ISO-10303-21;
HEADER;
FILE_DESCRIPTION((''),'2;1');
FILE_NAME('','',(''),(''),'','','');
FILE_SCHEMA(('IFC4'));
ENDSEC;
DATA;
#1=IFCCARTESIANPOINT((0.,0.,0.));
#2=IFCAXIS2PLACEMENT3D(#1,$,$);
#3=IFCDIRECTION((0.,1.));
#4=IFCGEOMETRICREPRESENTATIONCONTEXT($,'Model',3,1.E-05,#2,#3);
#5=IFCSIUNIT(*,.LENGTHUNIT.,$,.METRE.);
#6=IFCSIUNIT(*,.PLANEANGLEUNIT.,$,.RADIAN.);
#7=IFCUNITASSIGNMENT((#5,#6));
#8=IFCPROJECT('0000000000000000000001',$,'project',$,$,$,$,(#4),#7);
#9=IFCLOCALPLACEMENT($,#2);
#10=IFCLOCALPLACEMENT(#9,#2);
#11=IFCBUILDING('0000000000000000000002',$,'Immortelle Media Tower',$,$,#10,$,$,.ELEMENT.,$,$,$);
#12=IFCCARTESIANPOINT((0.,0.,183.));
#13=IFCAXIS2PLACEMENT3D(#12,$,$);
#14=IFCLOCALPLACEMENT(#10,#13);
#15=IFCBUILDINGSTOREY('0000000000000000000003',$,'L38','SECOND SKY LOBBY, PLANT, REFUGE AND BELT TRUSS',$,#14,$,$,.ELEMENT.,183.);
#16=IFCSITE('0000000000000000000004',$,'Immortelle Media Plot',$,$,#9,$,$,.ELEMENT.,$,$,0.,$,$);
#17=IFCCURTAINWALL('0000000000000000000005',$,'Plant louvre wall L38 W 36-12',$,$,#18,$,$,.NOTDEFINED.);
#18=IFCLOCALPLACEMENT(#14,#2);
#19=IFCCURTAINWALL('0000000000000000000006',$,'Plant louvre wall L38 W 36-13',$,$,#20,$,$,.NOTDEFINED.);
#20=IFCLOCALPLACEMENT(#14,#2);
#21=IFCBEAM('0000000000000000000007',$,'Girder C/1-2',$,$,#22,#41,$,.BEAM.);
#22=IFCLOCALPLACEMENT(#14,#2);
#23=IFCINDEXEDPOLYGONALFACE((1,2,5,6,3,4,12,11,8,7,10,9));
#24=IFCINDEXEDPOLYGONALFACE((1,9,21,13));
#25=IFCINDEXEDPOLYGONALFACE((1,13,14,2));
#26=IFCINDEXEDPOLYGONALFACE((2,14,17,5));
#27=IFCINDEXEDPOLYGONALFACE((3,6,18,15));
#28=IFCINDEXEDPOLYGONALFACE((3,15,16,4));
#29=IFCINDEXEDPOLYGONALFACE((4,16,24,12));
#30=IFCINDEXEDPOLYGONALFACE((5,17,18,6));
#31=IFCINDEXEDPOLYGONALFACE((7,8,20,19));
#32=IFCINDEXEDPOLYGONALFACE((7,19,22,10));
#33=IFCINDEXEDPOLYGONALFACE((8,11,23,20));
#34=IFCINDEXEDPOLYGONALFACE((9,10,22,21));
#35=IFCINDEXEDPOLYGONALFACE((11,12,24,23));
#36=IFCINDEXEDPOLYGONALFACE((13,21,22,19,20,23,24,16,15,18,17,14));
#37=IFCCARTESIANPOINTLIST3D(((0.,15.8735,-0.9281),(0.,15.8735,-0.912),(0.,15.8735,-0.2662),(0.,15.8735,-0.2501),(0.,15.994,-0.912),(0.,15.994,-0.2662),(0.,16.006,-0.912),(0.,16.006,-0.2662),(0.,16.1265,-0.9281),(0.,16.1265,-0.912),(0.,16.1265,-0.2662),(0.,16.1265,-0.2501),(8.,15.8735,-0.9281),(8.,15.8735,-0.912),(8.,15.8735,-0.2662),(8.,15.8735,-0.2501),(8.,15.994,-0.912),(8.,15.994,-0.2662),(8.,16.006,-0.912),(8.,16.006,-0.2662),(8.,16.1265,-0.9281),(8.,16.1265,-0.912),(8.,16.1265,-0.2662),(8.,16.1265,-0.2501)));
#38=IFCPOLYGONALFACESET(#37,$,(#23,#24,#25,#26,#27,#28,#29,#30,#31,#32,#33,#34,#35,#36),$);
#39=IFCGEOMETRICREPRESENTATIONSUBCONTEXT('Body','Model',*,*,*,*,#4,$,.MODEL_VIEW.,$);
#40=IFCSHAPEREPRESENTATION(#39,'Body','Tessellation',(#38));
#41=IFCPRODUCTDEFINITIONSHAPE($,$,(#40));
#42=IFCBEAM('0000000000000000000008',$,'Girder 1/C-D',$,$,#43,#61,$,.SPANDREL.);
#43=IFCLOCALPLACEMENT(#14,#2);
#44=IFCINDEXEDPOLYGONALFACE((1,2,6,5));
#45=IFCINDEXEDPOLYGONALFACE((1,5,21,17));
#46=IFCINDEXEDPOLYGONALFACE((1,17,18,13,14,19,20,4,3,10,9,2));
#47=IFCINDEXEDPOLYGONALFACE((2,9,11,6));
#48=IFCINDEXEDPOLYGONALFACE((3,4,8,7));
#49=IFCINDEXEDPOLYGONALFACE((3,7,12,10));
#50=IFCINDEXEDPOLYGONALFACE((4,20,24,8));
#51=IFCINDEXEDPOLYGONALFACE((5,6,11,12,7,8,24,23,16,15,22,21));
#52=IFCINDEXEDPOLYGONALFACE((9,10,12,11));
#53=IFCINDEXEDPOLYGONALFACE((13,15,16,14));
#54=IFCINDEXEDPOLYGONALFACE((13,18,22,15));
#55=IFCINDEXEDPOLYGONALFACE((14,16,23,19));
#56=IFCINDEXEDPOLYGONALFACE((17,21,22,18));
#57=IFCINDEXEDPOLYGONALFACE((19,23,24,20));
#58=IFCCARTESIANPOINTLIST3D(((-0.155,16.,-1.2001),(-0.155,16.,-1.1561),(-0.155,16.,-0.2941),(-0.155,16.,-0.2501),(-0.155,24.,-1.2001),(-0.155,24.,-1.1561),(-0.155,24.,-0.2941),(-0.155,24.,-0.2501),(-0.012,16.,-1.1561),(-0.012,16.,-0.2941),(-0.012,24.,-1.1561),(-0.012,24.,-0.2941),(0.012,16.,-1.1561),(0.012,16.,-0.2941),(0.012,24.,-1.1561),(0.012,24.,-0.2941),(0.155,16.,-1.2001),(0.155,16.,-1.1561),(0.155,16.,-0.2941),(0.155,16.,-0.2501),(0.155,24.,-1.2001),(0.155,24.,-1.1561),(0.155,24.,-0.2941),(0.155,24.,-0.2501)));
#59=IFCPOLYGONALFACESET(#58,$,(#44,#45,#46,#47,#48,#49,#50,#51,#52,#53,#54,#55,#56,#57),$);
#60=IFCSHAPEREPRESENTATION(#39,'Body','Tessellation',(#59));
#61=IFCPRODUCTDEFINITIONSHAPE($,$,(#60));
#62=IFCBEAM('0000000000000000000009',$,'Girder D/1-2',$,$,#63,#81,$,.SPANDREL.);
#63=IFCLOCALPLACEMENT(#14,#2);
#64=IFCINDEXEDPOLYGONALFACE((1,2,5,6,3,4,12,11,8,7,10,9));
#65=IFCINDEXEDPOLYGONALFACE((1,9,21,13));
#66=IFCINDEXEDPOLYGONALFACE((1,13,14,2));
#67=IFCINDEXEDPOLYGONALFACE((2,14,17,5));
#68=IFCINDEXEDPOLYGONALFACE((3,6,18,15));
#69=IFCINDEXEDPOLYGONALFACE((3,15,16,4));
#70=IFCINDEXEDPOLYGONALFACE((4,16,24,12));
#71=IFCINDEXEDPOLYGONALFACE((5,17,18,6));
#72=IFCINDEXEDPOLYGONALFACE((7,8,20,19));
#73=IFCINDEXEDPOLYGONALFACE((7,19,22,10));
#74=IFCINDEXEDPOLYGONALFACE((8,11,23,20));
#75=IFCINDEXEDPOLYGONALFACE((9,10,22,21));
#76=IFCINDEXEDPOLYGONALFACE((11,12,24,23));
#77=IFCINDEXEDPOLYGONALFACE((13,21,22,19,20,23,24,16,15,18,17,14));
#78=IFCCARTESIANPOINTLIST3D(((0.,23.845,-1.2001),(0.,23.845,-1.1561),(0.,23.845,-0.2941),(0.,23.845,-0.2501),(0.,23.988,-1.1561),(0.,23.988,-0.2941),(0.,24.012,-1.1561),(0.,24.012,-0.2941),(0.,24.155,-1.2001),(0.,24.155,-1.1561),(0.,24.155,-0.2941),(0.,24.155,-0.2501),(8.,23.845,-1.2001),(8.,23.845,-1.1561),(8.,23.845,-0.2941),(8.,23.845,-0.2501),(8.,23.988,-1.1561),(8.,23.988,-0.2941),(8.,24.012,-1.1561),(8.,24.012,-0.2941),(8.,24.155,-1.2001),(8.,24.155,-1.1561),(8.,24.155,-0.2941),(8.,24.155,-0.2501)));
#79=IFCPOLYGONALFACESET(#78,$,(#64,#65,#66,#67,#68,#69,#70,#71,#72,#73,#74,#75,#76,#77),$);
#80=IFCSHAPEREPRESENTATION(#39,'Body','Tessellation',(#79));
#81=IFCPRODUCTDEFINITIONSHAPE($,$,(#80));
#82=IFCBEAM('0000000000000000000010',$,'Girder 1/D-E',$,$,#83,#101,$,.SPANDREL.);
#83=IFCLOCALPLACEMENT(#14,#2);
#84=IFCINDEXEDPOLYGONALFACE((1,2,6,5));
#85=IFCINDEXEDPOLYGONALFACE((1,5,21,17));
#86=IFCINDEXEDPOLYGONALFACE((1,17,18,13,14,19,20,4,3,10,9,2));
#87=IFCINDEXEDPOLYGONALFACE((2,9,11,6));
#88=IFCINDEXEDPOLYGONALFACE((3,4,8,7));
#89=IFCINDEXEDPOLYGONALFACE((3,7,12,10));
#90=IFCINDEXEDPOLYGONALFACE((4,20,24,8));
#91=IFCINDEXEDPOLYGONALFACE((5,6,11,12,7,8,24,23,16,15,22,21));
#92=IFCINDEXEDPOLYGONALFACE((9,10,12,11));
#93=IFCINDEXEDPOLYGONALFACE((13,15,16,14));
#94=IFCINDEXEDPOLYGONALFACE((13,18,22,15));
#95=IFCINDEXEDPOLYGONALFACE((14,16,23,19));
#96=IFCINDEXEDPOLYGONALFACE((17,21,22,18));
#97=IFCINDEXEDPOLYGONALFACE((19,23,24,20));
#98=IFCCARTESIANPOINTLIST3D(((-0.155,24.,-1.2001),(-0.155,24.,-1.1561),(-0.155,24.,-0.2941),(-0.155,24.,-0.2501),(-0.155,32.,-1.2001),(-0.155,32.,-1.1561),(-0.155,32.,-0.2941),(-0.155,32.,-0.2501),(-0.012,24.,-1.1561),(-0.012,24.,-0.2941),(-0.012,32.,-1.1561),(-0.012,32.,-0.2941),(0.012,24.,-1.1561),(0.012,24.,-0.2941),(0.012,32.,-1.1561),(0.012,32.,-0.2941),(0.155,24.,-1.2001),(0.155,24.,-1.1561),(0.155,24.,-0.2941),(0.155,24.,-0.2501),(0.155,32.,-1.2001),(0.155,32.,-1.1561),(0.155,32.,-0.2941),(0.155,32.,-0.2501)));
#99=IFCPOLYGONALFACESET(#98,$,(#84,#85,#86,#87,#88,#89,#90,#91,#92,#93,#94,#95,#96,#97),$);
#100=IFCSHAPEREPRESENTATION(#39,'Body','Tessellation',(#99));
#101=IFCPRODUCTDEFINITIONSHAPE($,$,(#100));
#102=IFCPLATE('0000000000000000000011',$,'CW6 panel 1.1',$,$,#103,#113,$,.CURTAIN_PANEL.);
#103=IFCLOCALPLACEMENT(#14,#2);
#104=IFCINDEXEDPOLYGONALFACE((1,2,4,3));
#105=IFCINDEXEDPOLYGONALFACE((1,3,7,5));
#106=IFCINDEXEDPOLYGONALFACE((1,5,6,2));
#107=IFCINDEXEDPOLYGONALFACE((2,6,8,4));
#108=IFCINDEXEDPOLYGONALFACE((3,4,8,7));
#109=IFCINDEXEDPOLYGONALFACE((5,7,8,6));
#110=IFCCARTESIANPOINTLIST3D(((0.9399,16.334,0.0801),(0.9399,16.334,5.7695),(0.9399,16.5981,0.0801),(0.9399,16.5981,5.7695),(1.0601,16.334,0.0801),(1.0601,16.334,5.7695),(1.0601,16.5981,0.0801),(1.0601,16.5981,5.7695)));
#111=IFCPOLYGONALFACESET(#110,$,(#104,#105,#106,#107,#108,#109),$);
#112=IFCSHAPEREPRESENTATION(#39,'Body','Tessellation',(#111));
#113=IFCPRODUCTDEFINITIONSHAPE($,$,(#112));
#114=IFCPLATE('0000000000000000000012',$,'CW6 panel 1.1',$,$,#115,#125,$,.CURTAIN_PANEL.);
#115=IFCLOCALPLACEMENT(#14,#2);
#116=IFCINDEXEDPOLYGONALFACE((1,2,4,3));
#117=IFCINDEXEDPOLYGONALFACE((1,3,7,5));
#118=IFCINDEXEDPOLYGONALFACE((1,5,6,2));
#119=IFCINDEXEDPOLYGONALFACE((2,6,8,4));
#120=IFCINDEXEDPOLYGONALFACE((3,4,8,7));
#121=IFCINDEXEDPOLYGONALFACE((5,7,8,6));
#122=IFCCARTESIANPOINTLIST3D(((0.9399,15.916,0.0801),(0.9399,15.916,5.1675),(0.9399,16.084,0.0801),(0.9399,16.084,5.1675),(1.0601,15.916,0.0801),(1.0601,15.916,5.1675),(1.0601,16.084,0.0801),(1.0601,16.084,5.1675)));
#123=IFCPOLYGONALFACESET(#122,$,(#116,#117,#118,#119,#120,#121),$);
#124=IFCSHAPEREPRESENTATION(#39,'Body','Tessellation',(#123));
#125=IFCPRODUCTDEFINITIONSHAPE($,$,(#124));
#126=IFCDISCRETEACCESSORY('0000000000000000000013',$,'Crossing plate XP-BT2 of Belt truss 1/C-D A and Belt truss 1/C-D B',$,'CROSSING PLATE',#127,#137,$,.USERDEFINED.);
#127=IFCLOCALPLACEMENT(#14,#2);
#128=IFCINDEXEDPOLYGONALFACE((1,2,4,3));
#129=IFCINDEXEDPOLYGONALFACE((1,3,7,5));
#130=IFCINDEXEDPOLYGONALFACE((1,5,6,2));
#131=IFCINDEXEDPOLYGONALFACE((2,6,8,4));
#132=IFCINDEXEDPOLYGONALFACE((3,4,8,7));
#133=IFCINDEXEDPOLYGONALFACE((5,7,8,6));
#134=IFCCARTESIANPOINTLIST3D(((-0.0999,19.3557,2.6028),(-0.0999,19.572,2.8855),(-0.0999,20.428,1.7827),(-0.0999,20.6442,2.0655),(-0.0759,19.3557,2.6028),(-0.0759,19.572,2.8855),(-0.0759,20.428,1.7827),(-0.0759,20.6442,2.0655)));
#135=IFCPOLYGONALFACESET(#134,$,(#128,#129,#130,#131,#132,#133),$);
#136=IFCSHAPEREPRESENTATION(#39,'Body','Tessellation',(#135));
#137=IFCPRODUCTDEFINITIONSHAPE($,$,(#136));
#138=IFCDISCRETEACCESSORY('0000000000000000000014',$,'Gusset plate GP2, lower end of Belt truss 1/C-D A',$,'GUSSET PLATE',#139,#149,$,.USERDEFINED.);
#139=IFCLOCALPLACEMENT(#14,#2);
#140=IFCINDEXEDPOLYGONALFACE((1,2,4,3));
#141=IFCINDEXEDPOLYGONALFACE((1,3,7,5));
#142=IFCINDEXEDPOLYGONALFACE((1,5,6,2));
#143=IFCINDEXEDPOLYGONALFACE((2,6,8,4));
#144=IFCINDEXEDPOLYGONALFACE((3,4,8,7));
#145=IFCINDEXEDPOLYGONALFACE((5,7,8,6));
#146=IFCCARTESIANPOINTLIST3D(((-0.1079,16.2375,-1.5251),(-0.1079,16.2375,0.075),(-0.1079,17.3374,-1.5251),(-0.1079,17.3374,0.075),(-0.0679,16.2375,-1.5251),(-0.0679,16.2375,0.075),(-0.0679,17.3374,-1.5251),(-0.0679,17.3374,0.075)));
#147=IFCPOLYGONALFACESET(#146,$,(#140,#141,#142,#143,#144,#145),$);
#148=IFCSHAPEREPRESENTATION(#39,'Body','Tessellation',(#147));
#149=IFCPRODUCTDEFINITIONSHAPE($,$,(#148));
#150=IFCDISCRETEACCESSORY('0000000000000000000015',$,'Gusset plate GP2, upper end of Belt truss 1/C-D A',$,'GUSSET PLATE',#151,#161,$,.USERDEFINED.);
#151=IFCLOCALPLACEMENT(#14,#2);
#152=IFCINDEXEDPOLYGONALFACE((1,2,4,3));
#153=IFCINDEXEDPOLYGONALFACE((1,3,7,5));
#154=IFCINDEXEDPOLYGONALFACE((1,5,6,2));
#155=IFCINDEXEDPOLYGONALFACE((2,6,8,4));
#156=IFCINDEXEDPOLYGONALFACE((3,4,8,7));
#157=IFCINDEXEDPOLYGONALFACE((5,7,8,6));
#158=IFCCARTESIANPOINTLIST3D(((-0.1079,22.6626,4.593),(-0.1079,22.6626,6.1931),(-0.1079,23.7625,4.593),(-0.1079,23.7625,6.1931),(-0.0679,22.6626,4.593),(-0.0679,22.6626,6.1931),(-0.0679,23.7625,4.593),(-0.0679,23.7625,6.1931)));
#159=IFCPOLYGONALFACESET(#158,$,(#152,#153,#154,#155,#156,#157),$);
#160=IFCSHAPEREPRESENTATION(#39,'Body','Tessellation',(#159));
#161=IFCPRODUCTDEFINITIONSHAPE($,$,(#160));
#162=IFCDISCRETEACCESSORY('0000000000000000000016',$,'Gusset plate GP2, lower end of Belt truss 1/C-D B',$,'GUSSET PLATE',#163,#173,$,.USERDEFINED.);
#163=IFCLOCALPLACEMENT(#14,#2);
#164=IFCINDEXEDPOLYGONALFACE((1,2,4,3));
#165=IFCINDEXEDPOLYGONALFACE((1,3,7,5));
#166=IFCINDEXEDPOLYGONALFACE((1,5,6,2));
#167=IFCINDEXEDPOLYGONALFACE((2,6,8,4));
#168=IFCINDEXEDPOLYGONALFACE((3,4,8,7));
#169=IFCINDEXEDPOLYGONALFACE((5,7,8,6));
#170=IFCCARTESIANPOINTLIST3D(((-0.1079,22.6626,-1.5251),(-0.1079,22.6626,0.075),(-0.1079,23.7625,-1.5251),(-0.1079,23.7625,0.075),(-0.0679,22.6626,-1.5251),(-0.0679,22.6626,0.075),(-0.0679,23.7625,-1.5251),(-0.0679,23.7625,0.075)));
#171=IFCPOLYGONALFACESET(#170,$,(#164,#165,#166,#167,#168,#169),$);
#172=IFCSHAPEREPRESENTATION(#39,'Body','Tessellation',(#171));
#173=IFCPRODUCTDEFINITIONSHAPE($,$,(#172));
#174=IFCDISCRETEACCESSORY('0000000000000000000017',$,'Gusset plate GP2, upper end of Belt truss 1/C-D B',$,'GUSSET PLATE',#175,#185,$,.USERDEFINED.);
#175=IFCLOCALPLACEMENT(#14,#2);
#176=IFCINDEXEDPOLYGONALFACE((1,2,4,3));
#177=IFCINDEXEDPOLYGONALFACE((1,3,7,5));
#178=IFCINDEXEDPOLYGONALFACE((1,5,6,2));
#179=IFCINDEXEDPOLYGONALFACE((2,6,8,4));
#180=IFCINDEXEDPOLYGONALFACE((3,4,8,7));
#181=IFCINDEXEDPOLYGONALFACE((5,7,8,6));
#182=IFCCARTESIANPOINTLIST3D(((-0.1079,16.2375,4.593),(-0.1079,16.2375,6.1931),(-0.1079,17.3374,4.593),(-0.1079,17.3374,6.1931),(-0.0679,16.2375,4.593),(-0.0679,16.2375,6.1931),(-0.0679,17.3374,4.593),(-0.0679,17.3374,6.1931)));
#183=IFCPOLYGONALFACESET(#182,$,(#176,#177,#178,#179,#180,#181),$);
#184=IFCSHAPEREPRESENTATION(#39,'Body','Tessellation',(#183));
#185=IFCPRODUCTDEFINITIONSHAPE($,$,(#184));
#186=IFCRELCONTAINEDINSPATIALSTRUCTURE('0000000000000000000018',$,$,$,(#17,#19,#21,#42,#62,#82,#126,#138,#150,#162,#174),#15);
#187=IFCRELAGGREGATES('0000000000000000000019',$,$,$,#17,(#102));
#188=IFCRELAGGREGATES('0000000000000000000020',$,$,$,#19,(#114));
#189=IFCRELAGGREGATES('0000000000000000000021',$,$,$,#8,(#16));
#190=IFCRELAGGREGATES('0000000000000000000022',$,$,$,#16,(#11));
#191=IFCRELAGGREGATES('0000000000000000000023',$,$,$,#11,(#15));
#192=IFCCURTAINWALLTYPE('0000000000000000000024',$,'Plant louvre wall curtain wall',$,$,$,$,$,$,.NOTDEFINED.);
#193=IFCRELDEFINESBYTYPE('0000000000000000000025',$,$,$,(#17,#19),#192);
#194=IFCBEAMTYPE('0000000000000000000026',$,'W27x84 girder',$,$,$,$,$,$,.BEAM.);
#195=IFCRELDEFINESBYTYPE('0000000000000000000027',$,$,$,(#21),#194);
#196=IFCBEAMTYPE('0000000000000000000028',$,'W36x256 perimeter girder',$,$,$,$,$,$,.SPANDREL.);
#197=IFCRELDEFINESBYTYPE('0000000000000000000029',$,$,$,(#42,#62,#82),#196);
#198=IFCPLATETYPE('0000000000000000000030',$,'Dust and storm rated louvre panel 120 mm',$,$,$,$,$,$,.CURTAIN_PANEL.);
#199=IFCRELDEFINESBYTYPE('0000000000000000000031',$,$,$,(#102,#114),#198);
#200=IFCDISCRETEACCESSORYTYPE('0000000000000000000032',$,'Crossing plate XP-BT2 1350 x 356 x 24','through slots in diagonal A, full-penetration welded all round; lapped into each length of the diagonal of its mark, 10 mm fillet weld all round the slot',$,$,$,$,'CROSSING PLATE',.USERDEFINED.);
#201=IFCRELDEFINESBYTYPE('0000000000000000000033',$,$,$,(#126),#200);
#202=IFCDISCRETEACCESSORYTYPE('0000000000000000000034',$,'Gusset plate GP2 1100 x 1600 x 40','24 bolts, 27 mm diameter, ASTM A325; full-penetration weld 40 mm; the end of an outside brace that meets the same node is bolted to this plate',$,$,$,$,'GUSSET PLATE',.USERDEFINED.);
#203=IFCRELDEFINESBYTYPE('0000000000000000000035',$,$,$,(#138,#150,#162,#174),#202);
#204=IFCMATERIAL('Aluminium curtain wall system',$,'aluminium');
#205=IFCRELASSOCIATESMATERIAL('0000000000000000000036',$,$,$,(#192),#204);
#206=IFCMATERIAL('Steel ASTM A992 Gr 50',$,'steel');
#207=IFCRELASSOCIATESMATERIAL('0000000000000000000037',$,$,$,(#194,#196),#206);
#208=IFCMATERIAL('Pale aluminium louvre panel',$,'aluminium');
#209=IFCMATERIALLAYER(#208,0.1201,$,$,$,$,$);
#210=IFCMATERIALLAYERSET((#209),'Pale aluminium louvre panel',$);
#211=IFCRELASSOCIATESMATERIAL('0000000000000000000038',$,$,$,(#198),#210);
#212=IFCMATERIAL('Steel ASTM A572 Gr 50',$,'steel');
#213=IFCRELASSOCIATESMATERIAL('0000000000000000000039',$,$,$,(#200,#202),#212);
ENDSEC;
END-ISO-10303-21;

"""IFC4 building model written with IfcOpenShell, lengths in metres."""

from ifc_helpers import new_model, si_unit, direction, frame, origin, origin_2d, place, context, subcontext, project, spatial, rectangle, i_section, extrude, material, layer, layer_set, material_profile, profile_set, type_object, element, aggregate, save


model = new_model("IFC4")

# Units and contexts
model_context = context("Model", 3, precision=1e-05, world=origin(), true_north=direction((0.0, 1.0)))
body_context = subcontext(model_context, "Body", "Model", "MODEL_VIEW")
ifc_project = project(units=[si_unit("LENGTHUNIT", "METRE"), si_unit("PLANEANGLEUNIT", "RADIAN")], contexts=[model_context])

# Site, building, storey
site_placement = place(None, origin())
site = spatial("IfcSite", under=ifc_project, at=site_placement, Name="Immortelle Media Plot", CompositionType="ELEMENT", RefElevation=0.0)
building_placement = place(site_placement, origin())
building = spatial("IfcBuilding", under=site, at=building_placement, Name="Immortelle Media Tower", CompositionType="ELEMENT")
storey_placement = place(building_placement, frame((0.0, 0.0, 183.0)))
storey = spatial("IfcBuildingStorey", under=building, at=storey_placement, Name="L38", Description="SECOND SKY LOBBY, PLANT, REFUGE AND BELT TRUSS", CompositionType="ELEMENT", Elevation=183.0)

# Shared definitions
ifc_material_1 = material(Name="Steel ASTM A992 Gr 50", Category="steel")

# Curtain wall
ifc_material_2 = material(Name="Aluminium curtain wall system", Category="aluminium")
curtain_wall_type = type_object("IfcCurtainWallType", Name="Plant louvre wall curtain wall", PredefinedType="NOTDEFINED", material=ifc_material_2)
curtain_wall_1_placement = place(storey_placement, origin())
curtain_wall_1 = element("IfcCurtainWall", 1, at=curtain_wall_1_placement, inside=storey, type_object=curtain_wall_type, Name="Plant louvre wall L38 W 36-12", PredefinedType="NOTDEFINED")

# Curtain wall
curtain_wall_2_placement = place(storey_placement, origin())
curtain_wall_2 = element("IfcCurtainWall", 2, at=curtain_wall_2_placement, inside=storey, type_object=curtain_wall_type, Name="Plant louvre wall L38 W 36-13", PredefinedType="NOTDEFINED")

# Beams
ifc_material_profile_1 = material_profile(ifc_material_1, i_section(OverallWidth=0.2529, OverallDepth=0.678, WebThickness=0.012, FlangeThickness=0.0161, at=origin_2d()), Name="W27x84")
ifc_profile_set_1 = profile_set([ifc_material_profile_1], Name="Steel ASTM A992 Gr 50")
beam_type_1 = type_object("IfcBeamType", Name="W27x84 girder", PredefinedType="BEAM", material=ifc_profile_set_1)
beam_1_placement = place(storey_placement, frame((0.0, 16.0, -0.5891), z_axis=(1.0, 0.0, 0.0), x_axis=(0.0, 1.0, 0.0)))
element("IfcBeam", 3, at=beam_1_placement, inside=storey, type_object=beam_type_1, Name="Girder C/1-2", PredefinedType="BEAM", context=body_context, shape_type="SweptSolid", body=[
    extrude(i_section(OverallWidth=0.2529, OverallDepth=0.678, WebThickness=0.012, FlangeThickness=0.0161, at=origin_2d()), origin(), (0.0, 0.0, 1.0), 8.0),
])
ifc_material_profile_2 = material_profile(ifc_material_1, i_section(OverallWidth=0.3101, OverallDepth=0.95, WebThickness=0.0239, FlangeThickness=0.0439, at=origin_2d()), Name="W36x256")
ifc_profile_set_2 = profile_set([ifc_material_profile_2], Name="Steel ASTM A992 Gr 50")
beam_type_2 = type_object("IfcBeamType", Name="W36x256 perimeter girder", PredefinedType="SPANDREL", material=ifc_profile_set_2)
for number, where, z_axis, x_axis, name in (
    (4, (0.0, 16.0, -0.7251), (0.0, 1.0, 0.0), (-1.0, 0.0, 0.0), "Girder 1/C-D"),
    (5, (0.0, 24.0, -0.7251), (1.0, 0.0, 0.0), (0.0, 1.0, 0.0), "Girder D/1-2"),
    (6, (0.0, 24.0, -0.7251), (0.0, 1.0, 0.0), (-1.0, 0.0, 0.0), "Girder 1/D-E"),
):
    element("IfcBeam", number, at=place(storey_placement, frame(where, z_axis=z_axis, x_axis=x_axis)), inside=storey, type_object=beam_type_2, Name=name, PredefinedType="SPANDREL", context=body_context, shape_type="SweptSolid", body=[
        extrude(i_section(OverallWidth=0.3101, OverallDepth=0.95, WebThickness=0.0239, FlangeThickness=0.0439, at=origin_2d()), origin(), (0.0, 0.0, 1.0), 8.0),
    ])

# Plates
ifc_material_3 = material(Name="Pale aluminium louvre panel", Category="aluminium")
ifc_layer = layer(ifc_material_3, 0.1201)
ifc_layer_set = layer_set([ifc_layer], Name="Pale aluminium louvre panel")
plate_type = type_object("IfcPlateType", Name="Dust and storm rated louvre panel 120 mm", PredefinedType="CURTAIN_PANEL", material=ifc_layer_set)
plate_1_placement = place(storey_placement, frame((1.0, 16.4661, 0.0801), z_axis=(0.0, 0.0, 1.0), x_axis=(0.0, -1.0, 0.0)))
plate_1 = element("IfcPlate", 7, at=plate_1_placement, type_object=plate_type, Name="CW6 panel 1.1", PredefinedType="CURTAIN_PANEL", context=body_context, shape_type="SweptSolid", body=[
    extrude(rectangle(XDim=0.2642, YDim=0.1201, at=origin_2d()), origin(), (0.0, 0.0, 1.0), 5.6895),
])
aggregate(curtain_wall_1, [plate_1])
plate_2_placement = place(storey_placement, frame((1.0, 16.0, 0.0801), z_axis=(0.0, 0.0, 1.0), x_axis=(0.0, -1.0, 0.0)))
plate_2 = element("IfcPlate", 8, at=plate_2_placement, type_object=plate_type, Name="CW6 panel 1.1", PredefinedType="CURTAIN_PANEL", context=body_context, shape_type="SweptSolid", body=[
    extrude(rectangle(XDim=0.168, YDim=0.1201, at=origin_2d()), origin(), (0.0, 0.0, 1.0), 5.0874),
])
aggregate(curtain_wall_2, [plate_2])

# Discrete accessories
ifc_material_4 = material(Name="Steel ASTM A572 Gr 50", Category="steel")
ifc_material_profile_3 = material_profile(ifc_material_4, rectangle(XDim=0.0239, YDim=0.356, at=origin_2d()), Name="PL 24 x 356")
ifc_profile_set_3 = profile_set([ifc_material_profile_3], Name="Steel ASTM A572 Gr 50")
discrete_accessory_type_1 = type_object("IfcDiscreteAccessoryType", Name="Crossing plate XP-BT2 1350 x 356 x 24", Description="through slots in diagonal A, full-penetration welded all round; lapped into each length of the diagonal of its mark, 10 mm fillet weld all round the slot", ElementType="CROSSING PLATE", PredefinedType="USERDEFINED", material=ifc_profile_set_3)
discrete_accessory_placement = place(storey_placement, frame((-0.0879, 19.4639, 2.7441), z_axis=(0.0, 0.794322, -0.607497), x_axis=(-1.0, 0.0, 0.0)))
element("IfcDiscreteAccessory", 9, at=discrete_accessory_placement, inside=storey, type_object=discrete_accessory_type_1, Name="Crossing plate XP-BT2 of Belt truss 1/C-D A and Belt truss 1/C-D B", ObjectType="CROSSING PLATE", PredefinedType="USERDEFINED", context=body_context, shape_type="SweptSolid", body=[
    extrude(rectangle(XDim=0.0239, YDim=0.356, at=origin_2d()), origin(), (0.0, 0.0, 1.0), 1.3499),
])
ifc_material_profile_4 = material_profile(ifc_material_4, rectangle(XDim=0.04, YDim=1.6001, at=origin_2d()), Name="PL 40 x 1600")
ifc_profile_set_4 = profile_set([ifc_material_profile_4], Name="Steel ASTM A572 Gr 50")
discrete_accessory_type_2 = type_object("IfcDiscreteAccessoryType", Name="Gusset plate GP2 1100 x 1600 x 40", Description="24 bolts, 27 mm diameter, ASTM A325; full-penetration weld 40 mm; the end of an outside brace that meets the same node is bolted to this plate", ElementType="GUSSET PLATE", PredefinedType="USERDEFINED", material=ifc_profile_set_4)
for number, where, z_axis, x_axis, name in (
    (10, (-0.0879, 16.2375, -0.7251), (0.0, 1.0, 0.0), (-1.0, 0.0, 0.0), "Gusset plate GP2, lower end of Belt truss 1/C-D A"),
    (11, (-0.0879, 23.7625, 5.3931), (0.0, -1.0, 0.0), (1.0, 0.0, 0.0), "Gusset plate GP2, upper end of Belt truss 1/C-D A"),
    (12, (-0.0879, 23.7625, -0.7251), (0.0, -1.0, 0.0), (1.0, 0.0, 0.0), "Gusset plate GP2, lower end of Belt truss 1/C-D B"),
    (13, (-0.0879, 16.2375, 5.3931), (0.0, 1.0, 0.0), (-1.0, 0.0, 0.0), "Gusset plate GP2, upper end of Belt truss 1/C-D B"),
):
    element("IfcDiscreteAccessory", number, at=place(storey_placement, frame(where, z_axis=z_axis, x_axis=x_axis)), inside=storey, type_object=discrete_accessory_type_2, Name=name, ObjectType="GUSSET PLATE", PredefinedType="USERDEFINED", context=body_context, shape_type="SweptSolid", body=[
        extrude(rectangle(XDim=0.04, YDim=1.6001, at=origin_2d()), origin(), (0.0, 0.0, 1.0), 1.0999),
    ])

save(model, "model.ifc")
